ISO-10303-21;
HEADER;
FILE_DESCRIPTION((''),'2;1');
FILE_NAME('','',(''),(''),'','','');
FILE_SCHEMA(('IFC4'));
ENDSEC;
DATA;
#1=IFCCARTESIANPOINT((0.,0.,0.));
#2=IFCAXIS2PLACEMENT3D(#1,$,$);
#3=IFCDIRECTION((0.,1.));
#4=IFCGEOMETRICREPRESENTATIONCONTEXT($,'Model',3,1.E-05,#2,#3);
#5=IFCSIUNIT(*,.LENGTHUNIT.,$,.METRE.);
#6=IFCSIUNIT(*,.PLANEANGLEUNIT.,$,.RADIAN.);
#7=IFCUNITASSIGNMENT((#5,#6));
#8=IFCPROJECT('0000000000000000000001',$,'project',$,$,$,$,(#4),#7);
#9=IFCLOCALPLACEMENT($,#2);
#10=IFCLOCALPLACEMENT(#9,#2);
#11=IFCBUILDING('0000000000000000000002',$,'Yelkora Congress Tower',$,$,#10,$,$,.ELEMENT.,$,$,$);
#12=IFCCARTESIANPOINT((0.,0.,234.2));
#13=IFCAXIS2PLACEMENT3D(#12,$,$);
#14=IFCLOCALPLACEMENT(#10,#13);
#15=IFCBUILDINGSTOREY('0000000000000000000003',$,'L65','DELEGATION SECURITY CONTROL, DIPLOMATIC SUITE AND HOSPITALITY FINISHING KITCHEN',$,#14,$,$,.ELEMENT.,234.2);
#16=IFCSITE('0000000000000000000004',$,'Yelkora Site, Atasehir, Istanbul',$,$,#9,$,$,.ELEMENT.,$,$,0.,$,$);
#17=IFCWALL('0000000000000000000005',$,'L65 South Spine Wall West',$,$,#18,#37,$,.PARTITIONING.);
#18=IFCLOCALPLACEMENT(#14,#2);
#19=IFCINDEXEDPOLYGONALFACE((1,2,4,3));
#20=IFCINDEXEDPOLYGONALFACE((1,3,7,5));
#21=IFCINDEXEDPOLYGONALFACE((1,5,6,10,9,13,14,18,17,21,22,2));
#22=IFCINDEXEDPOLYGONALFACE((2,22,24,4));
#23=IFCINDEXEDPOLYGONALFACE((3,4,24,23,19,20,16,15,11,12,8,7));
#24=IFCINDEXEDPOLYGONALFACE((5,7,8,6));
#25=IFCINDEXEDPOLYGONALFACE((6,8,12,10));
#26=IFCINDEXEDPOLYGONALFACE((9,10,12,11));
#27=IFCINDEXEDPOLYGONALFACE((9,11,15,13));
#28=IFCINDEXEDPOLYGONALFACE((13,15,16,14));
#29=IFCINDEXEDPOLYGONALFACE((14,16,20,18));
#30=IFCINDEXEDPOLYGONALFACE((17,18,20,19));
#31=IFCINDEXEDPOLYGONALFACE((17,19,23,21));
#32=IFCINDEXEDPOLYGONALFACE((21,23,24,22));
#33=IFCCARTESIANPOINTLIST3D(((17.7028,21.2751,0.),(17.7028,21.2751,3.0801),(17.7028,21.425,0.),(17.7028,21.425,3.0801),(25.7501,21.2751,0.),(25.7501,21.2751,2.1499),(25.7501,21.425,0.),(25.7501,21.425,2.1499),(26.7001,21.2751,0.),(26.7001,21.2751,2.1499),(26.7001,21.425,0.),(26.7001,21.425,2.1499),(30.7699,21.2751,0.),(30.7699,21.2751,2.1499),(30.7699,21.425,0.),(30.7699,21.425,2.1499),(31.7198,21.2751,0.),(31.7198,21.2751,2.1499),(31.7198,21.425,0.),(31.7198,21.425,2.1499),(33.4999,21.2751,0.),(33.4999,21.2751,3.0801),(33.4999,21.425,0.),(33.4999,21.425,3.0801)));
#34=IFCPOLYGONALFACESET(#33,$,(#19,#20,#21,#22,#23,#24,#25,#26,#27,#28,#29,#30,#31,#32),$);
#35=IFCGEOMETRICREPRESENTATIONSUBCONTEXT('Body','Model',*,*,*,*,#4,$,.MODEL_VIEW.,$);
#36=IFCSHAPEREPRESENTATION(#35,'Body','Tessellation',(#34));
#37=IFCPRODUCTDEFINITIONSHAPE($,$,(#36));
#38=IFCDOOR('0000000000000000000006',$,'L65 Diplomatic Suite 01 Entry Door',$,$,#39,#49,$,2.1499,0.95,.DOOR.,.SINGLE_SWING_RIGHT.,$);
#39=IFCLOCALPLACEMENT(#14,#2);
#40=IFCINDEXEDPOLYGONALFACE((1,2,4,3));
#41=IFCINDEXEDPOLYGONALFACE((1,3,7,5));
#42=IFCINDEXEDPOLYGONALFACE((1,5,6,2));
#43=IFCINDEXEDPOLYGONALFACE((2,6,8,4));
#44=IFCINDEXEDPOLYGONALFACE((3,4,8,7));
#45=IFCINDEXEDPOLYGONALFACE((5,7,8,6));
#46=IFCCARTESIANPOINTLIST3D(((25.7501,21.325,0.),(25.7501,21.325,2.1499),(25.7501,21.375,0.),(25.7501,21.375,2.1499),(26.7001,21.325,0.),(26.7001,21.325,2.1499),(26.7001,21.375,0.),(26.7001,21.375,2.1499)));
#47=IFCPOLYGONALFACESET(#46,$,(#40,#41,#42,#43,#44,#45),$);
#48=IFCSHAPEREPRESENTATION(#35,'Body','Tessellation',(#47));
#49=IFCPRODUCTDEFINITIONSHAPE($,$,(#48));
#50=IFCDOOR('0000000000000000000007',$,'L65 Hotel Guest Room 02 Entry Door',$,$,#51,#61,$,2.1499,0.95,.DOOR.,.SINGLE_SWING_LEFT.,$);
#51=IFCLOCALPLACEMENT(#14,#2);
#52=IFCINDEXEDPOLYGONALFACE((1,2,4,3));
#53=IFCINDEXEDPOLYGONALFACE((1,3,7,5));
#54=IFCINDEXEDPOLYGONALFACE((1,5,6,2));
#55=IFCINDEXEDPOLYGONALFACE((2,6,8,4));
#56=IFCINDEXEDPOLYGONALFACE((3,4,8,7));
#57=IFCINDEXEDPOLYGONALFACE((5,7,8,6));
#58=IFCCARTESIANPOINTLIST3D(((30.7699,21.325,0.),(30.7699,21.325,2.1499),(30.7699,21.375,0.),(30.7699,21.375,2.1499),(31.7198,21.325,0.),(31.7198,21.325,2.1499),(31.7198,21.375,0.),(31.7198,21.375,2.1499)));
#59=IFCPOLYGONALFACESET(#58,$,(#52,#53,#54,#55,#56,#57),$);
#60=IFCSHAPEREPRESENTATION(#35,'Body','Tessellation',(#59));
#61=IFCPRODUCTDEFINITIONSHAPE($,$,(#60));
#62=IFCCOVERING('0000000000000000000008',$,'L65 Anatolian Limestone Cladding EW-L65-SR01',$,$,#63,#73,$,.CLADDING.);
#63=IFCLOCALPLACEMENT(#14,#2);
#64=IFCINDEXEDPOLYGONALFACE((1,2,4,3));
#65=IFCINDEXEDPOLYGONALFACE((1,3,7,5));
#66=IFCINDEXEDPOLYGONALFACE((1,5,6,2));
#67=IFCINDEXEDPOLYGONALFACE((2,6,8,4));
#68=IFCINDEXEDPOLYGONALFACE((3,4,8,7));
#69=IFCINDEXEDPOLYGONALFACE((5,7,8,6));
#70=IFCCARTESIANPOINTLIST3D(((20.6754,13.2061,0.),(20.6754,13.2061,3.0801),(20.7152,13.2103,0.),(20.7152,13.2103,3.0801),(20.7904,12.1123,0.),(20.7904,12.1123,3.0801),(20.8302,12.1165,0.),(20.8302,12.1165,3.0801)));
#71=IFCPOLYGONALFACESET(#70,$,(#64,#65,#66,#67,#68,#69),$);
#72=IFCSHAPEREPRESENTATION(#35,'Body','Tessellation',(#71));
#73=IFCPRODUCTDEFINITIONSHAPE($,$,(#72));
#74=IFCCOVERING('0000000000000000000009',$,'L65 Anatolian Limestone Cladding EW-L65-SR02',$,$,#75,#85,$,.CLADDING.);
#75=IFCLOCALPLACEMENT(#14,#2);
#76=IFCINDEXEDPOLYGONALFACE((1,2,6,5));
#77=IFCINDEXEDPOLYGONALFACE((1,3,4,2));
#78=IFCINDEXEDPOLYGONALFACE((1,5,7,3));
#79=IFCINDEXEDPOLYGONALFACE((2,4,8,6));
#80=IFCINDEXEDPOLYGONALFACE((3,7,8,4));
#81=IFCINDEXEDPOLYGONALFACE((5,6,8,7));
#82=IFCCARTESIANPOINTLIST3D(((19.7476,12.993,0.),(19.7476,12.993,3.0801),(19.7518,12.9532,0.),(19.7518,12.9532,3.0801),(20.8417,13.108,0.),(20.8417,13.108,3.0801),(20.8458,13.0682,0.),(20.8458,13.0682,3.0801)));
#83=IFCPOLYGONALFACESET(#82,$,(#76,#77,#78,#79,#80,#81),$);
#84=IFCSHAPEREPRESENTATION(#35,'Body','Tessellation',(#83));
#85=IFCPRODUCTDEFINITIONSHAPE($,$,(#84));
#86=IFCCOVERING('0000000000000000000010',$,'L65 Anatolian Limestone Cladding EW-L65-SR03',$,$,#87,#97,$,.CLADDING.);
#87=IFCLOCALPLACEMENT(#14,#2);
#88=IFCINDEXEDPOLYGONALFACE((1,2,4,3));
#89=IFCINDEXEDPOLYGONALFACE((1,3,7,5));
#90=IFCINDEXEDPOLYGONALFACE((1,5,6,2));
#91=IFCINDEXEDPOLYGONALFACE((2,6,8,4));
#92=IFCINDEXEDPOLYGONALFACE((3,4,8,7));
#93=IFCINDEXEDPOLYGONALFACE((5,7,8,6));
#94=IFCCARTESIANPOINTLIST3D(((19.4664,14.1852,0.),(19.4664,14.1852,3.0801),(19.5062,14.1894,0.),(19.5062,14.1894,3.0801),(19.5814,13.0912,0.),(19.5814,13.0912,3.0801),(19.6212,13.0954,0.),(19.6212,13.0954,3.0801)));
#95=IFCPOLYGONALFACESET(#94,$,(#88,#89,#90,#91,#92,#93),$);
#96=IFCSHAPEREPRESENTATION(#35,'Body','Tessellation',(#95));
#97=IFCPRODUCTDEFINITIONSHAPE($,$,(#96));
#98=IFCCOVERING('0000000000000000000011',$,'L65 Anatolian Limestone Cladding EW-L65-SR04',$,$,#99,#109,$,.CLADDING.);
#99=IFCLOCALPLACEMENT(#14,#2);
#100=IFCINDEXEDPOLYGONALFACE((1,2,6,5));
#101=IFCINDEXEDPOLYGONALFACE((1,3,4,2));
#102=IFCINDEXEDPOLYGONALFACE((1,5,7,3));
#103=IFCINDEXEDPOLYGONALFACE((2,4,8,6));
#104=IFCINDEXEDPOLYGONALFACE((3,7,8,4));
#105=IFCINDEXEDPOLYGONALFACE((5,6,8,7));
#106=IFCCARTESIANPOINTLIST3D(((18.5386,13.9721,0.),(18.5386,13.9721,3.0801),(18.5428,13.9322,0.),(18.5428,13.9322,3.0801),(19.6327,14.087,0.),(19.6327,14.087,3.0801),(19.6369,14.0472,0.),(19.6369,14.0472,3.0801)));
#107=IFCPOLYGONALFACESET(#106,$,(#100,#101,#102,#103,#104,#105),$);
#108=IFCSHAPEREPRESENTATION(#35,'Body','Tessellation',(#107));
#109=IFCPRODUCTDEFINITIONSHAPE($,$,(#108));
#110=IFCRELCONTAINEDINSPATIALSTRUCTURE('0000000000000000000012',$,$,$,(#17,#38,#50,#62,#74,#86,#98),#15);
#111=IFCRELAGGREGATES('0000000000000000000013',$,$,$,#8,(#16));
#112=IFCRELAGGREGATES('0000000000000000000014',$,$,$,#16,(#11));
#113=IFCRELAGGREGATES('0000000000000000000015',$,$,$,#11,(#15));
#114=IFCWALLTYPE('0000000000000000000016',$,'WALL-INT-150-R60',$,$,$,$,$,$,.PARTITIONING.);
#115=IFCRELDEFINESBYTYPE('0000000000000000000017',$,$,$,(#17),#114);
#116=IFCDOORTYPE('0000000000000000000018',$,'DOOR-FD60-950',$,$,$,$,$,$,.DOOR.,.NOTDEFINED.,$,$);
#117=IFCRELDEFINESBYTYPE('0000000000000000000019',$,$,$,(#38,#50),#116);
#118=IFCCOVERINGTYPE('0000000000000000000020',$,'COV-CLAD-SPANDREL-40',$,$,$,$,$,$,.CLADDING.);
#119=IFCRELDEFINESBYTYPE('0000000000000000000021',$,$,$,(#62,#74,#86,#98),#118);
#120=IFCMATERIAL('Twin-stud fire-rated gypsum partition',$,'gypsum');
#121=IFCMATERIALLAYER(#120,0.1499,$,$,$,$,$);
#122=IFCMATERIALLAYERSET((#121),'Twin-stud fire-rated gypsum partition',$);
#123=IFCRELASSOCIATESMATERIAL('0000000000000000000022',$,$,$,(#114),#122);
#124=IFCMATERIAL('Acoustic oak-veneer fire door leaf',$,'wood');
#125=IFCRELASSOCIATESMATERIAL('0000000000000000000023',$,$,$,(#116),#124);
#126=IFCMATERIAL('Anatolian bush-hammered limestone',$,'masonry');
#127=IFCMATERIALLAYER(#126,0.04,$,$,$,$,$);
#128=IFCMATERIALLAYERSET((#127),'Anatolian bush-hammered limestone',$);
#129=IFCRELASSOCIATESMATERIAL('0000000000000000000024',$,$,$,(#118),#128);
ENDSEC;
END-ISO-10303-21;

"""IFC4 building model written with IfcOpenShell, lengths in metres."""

from ifc_helpers import new_model, si_unit, direction, frame, frame_2d, origin, place, context, subcontext, project, spatial, rectangle, extrude, material, layer, layer_set, type_object, element, fill, save


model = new_model("IFC4")

# Units and contexts
model_context = context("Model", 3, precision=1e-05, world=origin(), true_north=direction((0.0, 1.0)))
body_context = subcontext(model_context, "Body", "Model", "MODEL_VIEW")
ifc_project = project(units=[si_unit("LENGTHUNIT", "METRE"), si_unit("PLANEANGLEUNIT", "RADIAN")], contexts=[model_context])

# Site, building, storey
site_placement = place(None, origin())
site = spatial("IfcSite", under=ifc_project, at=site_placement, Name="Yelkora Site, Atasehir, Istanbul", CompositionType="ELEMENT", RefElevation=0.0)
building_placement = place(site_placement, origin())
building = spatial("IfcBuilding", under=site, at=building_placement, Name="Yelkora Congress Tower", CompositionType="ELEMENT")
storey_placement = place(building_placement, frame((0.0, 0.0, 234.2)))
storey = spatial("IfcBuildingStorey", under=building, at=storey_placement, Name="L65", Description="DELEGATION SECURITY CONTROL, DIPLOMATIC SUITE AND HOSPITALITY FINISHING KITCHEN", CompositionType="ELEMENT", Elevation=234.2)

# Wall, openings, doors
ifc_material_1 = material(Name="Twin-stud fire-rated gypsum partition", Category="gypsum")
ifc_layer_1 = layer(ifc_material_1, 0.1499)
ifc_layer_set_1 = layer_set([ifc_layer_1], Name="Twin-stud fire-rated gypsum partition")
wall_type_1 = type_object("IfcWallType", Name="WALL-INT-150-R60", PredefinedType="PARTITIONING", material=ifc_layer_set_1)
wall_1_placement = place(storey_placement, frame((17.7029, 21.3501, 0.0), z_axis=(0.0, 0.0, 1.0), x_axis=(1.0, 0.0, 0.0)))
wall_1 = element("IfcWall", 1, at=wall_1_placement, inside=storey, type_object=wall_type_1, Name="L65 South Spine Wall West", PredefinedType="PARTITIONING", context=body_context, shape_type="SweptSolid", body=[
    extrude(rectangle(XDim=15.7971, YDim=0.1499, at=frame_2d((7.8984, 0.0))), origin(), (0.0, 0.0, 1.0), 3.0801),
])
opening_1_placement = place(wall_1_placement, frame((8.0471, 0.0, 0.0)))
opening_1 = element("IfcOpeningElement", 2, at=opening_1_placement, cuts=wall_1, PredefinedType="OPENING", context=body_context, shape_type="SweptSolid", body=[
    extrude(rectangle(XDim=0.95, YDim=2.1499, at=frame_2d((0.4751, 1.075))), frame((0.0, 0.085, 0.0), z_axis=(0.0, -1.0, 0.0), x_axis=(1.0, 0.0, 0.0)), (0.0, 0.0, 1.0), 0.1699),
])
opening_2_placement = place(wall_1_placement, frame((13.0669, 0.0, 0.0)))
opening_2 = element("IfcOpeningElement", 3, at=opening_2_placement, cuts=wall_1, PredefinedType="OPENING", context=body_context, shape_type="SweptSolid", body=[
    extrude(rectangle(XDim=0.95, YDim=2.1499, at=frame_2d((0.4751, 1.075))), frame((0.0, 0.085, 0.0), z_axis=(0.0, -1.0, 0.0), x_axis=(1.0, 0.0, 0.0)), (0.0, 0.0, 1.0), 0.1699),
])
ifc_material_2 = material(Name="Acoustic oak-veneer fire door leaf", Category="wood")
door_type_1 = type_object("IfcDoorType", Name="DOOR-FD60-950", OperationType="NOTDEFINED", PredefinedType="DOOR", material=ifc_material_2)
door_1_placement = place(opening_1_placement, origin())
door_1 = element("IfcDoor", 4, at=door_1_placement, inside=storey, type_object=door_type_1, Name="L65 Diplomatic Suite 01 Entry Door", OperationType="SINGLE_SWING_RIGHT", OverallHeight=2.1499, OverallWidth=0.95, PredefinedType="DOOR", context=body_context, shape_type="SweptSolid", body=[
    extrude(rectangle(XDim=0.95, YDim=2.1499, at=frame_2d((0.4751, 1.075))), frame((0.0, 0.0249, 0.0), z_axis=(0.0, -1.0, 0.0), x_axis=(1.0, 0.0, 0.0)), (0.0, 0.0, 1.0), 0.05),
])
fill(opening_1, door_1)
door_2_placement = place(opening_2_placement, origin())
door_2 = element("IfcDoor", 5, at=door_2_placement, inside=storey, type_object=door_type_1, Name="L65 Hotel Guest Room 02 Entry Door", OperationType="SINGLE_SWING_LEFT", OverallHeight=2.1499, OverallWidth=0.95, PredefinedType="DOOR", context=body_context, shape_type="SweptSolid", body=[
    extrude(rectangle(XDim=0.95, YDim=2.1499, at=frame_2d((0.4751, 1.075))), frame((0.0, 0.0249, 0.0), z_axis=(0.0, -1.0, 0.0), x_axis=(1.0, 0.0, 0.0)), (0.0, 0.0, 1.0), 0.05),
])
fill(opening_2, door_2)

# Coverings
ifc_material_3 = material(Name="Anatolian bush-hammered limestone", Category="masonry")
ifc_layer_2 = layer(ifc_material_3, 0.04)
ifc_layer_set_2 = layer_set([ifc_layer_2], Name="Anatolian bush-hammered limestone")
covering_type = type_object("IfcCoveringType", Name="COV-CLAD-SPANDREL-40", PredefinedType="CLADDING", material=ifc_layer_set_2)
covering_placement = place(storey_placement, frame((20.8103, 12.1145, 0.0), z_axis=(0.0, 0.0, 1.0), x_axis=(-0.104558, 0.994519, 0.0)))
element("IfcCovering", 6, at=covering_placement, inside=storey, type_object=covering_type, Name="L65 Anatolian Limestone Cladding EW-L65-SR01", PredefinedType="CLADDING", context=body_context, shape_type="SweptSolid", body=[
    extrude(rectangle(XDim=1.0999, YDim=0.04, at=frame_2d((0.5498, 0.0))), origin(), (0.0, 0.0, 1.0), 3.0801),
])
for number, where, z_axis, x_axis, name in (
    (7, (20.8438, 13.0881, 0.0), (0.0, 0.0, 1.0), (-0.994521, -0.104535, 0.0), "L65 Anatolian Limestone Cladding EW-L65-SR02"),
    (8, (19.6013, 13.0933, 0.0), (0.0, 0.0, 1.0), (-0.104535, 0.994521, 0.0), "L65 Anatolian Limestone Cladding EW-L65-SR03"),
    (9, (19.6348, 14.0671, 0.0), (0.0, 0.0, 1.0), (-0.994521, -0.104535, 0.0), "L65 Anatolian Limestone Cladding EW-L65-SR04"),
):
    element("IfcCovering", number, at=place(storey_placement, frame(where, z_axis=z_axis, x_axis=x_axis)), inside=storey, type_object=covering_type, Name=name, PredefinedType="CLADDING", context=body_context, shape_type="SweptSolid", body=[
        extrude(rectangle(XDim=1.1001, YDim=0.04, at=frame_2d((0.55, 0.0))), origin(), (0.0, 0.0, 1.0), 3.0801),
    ])

save(model, "model.ifc")
